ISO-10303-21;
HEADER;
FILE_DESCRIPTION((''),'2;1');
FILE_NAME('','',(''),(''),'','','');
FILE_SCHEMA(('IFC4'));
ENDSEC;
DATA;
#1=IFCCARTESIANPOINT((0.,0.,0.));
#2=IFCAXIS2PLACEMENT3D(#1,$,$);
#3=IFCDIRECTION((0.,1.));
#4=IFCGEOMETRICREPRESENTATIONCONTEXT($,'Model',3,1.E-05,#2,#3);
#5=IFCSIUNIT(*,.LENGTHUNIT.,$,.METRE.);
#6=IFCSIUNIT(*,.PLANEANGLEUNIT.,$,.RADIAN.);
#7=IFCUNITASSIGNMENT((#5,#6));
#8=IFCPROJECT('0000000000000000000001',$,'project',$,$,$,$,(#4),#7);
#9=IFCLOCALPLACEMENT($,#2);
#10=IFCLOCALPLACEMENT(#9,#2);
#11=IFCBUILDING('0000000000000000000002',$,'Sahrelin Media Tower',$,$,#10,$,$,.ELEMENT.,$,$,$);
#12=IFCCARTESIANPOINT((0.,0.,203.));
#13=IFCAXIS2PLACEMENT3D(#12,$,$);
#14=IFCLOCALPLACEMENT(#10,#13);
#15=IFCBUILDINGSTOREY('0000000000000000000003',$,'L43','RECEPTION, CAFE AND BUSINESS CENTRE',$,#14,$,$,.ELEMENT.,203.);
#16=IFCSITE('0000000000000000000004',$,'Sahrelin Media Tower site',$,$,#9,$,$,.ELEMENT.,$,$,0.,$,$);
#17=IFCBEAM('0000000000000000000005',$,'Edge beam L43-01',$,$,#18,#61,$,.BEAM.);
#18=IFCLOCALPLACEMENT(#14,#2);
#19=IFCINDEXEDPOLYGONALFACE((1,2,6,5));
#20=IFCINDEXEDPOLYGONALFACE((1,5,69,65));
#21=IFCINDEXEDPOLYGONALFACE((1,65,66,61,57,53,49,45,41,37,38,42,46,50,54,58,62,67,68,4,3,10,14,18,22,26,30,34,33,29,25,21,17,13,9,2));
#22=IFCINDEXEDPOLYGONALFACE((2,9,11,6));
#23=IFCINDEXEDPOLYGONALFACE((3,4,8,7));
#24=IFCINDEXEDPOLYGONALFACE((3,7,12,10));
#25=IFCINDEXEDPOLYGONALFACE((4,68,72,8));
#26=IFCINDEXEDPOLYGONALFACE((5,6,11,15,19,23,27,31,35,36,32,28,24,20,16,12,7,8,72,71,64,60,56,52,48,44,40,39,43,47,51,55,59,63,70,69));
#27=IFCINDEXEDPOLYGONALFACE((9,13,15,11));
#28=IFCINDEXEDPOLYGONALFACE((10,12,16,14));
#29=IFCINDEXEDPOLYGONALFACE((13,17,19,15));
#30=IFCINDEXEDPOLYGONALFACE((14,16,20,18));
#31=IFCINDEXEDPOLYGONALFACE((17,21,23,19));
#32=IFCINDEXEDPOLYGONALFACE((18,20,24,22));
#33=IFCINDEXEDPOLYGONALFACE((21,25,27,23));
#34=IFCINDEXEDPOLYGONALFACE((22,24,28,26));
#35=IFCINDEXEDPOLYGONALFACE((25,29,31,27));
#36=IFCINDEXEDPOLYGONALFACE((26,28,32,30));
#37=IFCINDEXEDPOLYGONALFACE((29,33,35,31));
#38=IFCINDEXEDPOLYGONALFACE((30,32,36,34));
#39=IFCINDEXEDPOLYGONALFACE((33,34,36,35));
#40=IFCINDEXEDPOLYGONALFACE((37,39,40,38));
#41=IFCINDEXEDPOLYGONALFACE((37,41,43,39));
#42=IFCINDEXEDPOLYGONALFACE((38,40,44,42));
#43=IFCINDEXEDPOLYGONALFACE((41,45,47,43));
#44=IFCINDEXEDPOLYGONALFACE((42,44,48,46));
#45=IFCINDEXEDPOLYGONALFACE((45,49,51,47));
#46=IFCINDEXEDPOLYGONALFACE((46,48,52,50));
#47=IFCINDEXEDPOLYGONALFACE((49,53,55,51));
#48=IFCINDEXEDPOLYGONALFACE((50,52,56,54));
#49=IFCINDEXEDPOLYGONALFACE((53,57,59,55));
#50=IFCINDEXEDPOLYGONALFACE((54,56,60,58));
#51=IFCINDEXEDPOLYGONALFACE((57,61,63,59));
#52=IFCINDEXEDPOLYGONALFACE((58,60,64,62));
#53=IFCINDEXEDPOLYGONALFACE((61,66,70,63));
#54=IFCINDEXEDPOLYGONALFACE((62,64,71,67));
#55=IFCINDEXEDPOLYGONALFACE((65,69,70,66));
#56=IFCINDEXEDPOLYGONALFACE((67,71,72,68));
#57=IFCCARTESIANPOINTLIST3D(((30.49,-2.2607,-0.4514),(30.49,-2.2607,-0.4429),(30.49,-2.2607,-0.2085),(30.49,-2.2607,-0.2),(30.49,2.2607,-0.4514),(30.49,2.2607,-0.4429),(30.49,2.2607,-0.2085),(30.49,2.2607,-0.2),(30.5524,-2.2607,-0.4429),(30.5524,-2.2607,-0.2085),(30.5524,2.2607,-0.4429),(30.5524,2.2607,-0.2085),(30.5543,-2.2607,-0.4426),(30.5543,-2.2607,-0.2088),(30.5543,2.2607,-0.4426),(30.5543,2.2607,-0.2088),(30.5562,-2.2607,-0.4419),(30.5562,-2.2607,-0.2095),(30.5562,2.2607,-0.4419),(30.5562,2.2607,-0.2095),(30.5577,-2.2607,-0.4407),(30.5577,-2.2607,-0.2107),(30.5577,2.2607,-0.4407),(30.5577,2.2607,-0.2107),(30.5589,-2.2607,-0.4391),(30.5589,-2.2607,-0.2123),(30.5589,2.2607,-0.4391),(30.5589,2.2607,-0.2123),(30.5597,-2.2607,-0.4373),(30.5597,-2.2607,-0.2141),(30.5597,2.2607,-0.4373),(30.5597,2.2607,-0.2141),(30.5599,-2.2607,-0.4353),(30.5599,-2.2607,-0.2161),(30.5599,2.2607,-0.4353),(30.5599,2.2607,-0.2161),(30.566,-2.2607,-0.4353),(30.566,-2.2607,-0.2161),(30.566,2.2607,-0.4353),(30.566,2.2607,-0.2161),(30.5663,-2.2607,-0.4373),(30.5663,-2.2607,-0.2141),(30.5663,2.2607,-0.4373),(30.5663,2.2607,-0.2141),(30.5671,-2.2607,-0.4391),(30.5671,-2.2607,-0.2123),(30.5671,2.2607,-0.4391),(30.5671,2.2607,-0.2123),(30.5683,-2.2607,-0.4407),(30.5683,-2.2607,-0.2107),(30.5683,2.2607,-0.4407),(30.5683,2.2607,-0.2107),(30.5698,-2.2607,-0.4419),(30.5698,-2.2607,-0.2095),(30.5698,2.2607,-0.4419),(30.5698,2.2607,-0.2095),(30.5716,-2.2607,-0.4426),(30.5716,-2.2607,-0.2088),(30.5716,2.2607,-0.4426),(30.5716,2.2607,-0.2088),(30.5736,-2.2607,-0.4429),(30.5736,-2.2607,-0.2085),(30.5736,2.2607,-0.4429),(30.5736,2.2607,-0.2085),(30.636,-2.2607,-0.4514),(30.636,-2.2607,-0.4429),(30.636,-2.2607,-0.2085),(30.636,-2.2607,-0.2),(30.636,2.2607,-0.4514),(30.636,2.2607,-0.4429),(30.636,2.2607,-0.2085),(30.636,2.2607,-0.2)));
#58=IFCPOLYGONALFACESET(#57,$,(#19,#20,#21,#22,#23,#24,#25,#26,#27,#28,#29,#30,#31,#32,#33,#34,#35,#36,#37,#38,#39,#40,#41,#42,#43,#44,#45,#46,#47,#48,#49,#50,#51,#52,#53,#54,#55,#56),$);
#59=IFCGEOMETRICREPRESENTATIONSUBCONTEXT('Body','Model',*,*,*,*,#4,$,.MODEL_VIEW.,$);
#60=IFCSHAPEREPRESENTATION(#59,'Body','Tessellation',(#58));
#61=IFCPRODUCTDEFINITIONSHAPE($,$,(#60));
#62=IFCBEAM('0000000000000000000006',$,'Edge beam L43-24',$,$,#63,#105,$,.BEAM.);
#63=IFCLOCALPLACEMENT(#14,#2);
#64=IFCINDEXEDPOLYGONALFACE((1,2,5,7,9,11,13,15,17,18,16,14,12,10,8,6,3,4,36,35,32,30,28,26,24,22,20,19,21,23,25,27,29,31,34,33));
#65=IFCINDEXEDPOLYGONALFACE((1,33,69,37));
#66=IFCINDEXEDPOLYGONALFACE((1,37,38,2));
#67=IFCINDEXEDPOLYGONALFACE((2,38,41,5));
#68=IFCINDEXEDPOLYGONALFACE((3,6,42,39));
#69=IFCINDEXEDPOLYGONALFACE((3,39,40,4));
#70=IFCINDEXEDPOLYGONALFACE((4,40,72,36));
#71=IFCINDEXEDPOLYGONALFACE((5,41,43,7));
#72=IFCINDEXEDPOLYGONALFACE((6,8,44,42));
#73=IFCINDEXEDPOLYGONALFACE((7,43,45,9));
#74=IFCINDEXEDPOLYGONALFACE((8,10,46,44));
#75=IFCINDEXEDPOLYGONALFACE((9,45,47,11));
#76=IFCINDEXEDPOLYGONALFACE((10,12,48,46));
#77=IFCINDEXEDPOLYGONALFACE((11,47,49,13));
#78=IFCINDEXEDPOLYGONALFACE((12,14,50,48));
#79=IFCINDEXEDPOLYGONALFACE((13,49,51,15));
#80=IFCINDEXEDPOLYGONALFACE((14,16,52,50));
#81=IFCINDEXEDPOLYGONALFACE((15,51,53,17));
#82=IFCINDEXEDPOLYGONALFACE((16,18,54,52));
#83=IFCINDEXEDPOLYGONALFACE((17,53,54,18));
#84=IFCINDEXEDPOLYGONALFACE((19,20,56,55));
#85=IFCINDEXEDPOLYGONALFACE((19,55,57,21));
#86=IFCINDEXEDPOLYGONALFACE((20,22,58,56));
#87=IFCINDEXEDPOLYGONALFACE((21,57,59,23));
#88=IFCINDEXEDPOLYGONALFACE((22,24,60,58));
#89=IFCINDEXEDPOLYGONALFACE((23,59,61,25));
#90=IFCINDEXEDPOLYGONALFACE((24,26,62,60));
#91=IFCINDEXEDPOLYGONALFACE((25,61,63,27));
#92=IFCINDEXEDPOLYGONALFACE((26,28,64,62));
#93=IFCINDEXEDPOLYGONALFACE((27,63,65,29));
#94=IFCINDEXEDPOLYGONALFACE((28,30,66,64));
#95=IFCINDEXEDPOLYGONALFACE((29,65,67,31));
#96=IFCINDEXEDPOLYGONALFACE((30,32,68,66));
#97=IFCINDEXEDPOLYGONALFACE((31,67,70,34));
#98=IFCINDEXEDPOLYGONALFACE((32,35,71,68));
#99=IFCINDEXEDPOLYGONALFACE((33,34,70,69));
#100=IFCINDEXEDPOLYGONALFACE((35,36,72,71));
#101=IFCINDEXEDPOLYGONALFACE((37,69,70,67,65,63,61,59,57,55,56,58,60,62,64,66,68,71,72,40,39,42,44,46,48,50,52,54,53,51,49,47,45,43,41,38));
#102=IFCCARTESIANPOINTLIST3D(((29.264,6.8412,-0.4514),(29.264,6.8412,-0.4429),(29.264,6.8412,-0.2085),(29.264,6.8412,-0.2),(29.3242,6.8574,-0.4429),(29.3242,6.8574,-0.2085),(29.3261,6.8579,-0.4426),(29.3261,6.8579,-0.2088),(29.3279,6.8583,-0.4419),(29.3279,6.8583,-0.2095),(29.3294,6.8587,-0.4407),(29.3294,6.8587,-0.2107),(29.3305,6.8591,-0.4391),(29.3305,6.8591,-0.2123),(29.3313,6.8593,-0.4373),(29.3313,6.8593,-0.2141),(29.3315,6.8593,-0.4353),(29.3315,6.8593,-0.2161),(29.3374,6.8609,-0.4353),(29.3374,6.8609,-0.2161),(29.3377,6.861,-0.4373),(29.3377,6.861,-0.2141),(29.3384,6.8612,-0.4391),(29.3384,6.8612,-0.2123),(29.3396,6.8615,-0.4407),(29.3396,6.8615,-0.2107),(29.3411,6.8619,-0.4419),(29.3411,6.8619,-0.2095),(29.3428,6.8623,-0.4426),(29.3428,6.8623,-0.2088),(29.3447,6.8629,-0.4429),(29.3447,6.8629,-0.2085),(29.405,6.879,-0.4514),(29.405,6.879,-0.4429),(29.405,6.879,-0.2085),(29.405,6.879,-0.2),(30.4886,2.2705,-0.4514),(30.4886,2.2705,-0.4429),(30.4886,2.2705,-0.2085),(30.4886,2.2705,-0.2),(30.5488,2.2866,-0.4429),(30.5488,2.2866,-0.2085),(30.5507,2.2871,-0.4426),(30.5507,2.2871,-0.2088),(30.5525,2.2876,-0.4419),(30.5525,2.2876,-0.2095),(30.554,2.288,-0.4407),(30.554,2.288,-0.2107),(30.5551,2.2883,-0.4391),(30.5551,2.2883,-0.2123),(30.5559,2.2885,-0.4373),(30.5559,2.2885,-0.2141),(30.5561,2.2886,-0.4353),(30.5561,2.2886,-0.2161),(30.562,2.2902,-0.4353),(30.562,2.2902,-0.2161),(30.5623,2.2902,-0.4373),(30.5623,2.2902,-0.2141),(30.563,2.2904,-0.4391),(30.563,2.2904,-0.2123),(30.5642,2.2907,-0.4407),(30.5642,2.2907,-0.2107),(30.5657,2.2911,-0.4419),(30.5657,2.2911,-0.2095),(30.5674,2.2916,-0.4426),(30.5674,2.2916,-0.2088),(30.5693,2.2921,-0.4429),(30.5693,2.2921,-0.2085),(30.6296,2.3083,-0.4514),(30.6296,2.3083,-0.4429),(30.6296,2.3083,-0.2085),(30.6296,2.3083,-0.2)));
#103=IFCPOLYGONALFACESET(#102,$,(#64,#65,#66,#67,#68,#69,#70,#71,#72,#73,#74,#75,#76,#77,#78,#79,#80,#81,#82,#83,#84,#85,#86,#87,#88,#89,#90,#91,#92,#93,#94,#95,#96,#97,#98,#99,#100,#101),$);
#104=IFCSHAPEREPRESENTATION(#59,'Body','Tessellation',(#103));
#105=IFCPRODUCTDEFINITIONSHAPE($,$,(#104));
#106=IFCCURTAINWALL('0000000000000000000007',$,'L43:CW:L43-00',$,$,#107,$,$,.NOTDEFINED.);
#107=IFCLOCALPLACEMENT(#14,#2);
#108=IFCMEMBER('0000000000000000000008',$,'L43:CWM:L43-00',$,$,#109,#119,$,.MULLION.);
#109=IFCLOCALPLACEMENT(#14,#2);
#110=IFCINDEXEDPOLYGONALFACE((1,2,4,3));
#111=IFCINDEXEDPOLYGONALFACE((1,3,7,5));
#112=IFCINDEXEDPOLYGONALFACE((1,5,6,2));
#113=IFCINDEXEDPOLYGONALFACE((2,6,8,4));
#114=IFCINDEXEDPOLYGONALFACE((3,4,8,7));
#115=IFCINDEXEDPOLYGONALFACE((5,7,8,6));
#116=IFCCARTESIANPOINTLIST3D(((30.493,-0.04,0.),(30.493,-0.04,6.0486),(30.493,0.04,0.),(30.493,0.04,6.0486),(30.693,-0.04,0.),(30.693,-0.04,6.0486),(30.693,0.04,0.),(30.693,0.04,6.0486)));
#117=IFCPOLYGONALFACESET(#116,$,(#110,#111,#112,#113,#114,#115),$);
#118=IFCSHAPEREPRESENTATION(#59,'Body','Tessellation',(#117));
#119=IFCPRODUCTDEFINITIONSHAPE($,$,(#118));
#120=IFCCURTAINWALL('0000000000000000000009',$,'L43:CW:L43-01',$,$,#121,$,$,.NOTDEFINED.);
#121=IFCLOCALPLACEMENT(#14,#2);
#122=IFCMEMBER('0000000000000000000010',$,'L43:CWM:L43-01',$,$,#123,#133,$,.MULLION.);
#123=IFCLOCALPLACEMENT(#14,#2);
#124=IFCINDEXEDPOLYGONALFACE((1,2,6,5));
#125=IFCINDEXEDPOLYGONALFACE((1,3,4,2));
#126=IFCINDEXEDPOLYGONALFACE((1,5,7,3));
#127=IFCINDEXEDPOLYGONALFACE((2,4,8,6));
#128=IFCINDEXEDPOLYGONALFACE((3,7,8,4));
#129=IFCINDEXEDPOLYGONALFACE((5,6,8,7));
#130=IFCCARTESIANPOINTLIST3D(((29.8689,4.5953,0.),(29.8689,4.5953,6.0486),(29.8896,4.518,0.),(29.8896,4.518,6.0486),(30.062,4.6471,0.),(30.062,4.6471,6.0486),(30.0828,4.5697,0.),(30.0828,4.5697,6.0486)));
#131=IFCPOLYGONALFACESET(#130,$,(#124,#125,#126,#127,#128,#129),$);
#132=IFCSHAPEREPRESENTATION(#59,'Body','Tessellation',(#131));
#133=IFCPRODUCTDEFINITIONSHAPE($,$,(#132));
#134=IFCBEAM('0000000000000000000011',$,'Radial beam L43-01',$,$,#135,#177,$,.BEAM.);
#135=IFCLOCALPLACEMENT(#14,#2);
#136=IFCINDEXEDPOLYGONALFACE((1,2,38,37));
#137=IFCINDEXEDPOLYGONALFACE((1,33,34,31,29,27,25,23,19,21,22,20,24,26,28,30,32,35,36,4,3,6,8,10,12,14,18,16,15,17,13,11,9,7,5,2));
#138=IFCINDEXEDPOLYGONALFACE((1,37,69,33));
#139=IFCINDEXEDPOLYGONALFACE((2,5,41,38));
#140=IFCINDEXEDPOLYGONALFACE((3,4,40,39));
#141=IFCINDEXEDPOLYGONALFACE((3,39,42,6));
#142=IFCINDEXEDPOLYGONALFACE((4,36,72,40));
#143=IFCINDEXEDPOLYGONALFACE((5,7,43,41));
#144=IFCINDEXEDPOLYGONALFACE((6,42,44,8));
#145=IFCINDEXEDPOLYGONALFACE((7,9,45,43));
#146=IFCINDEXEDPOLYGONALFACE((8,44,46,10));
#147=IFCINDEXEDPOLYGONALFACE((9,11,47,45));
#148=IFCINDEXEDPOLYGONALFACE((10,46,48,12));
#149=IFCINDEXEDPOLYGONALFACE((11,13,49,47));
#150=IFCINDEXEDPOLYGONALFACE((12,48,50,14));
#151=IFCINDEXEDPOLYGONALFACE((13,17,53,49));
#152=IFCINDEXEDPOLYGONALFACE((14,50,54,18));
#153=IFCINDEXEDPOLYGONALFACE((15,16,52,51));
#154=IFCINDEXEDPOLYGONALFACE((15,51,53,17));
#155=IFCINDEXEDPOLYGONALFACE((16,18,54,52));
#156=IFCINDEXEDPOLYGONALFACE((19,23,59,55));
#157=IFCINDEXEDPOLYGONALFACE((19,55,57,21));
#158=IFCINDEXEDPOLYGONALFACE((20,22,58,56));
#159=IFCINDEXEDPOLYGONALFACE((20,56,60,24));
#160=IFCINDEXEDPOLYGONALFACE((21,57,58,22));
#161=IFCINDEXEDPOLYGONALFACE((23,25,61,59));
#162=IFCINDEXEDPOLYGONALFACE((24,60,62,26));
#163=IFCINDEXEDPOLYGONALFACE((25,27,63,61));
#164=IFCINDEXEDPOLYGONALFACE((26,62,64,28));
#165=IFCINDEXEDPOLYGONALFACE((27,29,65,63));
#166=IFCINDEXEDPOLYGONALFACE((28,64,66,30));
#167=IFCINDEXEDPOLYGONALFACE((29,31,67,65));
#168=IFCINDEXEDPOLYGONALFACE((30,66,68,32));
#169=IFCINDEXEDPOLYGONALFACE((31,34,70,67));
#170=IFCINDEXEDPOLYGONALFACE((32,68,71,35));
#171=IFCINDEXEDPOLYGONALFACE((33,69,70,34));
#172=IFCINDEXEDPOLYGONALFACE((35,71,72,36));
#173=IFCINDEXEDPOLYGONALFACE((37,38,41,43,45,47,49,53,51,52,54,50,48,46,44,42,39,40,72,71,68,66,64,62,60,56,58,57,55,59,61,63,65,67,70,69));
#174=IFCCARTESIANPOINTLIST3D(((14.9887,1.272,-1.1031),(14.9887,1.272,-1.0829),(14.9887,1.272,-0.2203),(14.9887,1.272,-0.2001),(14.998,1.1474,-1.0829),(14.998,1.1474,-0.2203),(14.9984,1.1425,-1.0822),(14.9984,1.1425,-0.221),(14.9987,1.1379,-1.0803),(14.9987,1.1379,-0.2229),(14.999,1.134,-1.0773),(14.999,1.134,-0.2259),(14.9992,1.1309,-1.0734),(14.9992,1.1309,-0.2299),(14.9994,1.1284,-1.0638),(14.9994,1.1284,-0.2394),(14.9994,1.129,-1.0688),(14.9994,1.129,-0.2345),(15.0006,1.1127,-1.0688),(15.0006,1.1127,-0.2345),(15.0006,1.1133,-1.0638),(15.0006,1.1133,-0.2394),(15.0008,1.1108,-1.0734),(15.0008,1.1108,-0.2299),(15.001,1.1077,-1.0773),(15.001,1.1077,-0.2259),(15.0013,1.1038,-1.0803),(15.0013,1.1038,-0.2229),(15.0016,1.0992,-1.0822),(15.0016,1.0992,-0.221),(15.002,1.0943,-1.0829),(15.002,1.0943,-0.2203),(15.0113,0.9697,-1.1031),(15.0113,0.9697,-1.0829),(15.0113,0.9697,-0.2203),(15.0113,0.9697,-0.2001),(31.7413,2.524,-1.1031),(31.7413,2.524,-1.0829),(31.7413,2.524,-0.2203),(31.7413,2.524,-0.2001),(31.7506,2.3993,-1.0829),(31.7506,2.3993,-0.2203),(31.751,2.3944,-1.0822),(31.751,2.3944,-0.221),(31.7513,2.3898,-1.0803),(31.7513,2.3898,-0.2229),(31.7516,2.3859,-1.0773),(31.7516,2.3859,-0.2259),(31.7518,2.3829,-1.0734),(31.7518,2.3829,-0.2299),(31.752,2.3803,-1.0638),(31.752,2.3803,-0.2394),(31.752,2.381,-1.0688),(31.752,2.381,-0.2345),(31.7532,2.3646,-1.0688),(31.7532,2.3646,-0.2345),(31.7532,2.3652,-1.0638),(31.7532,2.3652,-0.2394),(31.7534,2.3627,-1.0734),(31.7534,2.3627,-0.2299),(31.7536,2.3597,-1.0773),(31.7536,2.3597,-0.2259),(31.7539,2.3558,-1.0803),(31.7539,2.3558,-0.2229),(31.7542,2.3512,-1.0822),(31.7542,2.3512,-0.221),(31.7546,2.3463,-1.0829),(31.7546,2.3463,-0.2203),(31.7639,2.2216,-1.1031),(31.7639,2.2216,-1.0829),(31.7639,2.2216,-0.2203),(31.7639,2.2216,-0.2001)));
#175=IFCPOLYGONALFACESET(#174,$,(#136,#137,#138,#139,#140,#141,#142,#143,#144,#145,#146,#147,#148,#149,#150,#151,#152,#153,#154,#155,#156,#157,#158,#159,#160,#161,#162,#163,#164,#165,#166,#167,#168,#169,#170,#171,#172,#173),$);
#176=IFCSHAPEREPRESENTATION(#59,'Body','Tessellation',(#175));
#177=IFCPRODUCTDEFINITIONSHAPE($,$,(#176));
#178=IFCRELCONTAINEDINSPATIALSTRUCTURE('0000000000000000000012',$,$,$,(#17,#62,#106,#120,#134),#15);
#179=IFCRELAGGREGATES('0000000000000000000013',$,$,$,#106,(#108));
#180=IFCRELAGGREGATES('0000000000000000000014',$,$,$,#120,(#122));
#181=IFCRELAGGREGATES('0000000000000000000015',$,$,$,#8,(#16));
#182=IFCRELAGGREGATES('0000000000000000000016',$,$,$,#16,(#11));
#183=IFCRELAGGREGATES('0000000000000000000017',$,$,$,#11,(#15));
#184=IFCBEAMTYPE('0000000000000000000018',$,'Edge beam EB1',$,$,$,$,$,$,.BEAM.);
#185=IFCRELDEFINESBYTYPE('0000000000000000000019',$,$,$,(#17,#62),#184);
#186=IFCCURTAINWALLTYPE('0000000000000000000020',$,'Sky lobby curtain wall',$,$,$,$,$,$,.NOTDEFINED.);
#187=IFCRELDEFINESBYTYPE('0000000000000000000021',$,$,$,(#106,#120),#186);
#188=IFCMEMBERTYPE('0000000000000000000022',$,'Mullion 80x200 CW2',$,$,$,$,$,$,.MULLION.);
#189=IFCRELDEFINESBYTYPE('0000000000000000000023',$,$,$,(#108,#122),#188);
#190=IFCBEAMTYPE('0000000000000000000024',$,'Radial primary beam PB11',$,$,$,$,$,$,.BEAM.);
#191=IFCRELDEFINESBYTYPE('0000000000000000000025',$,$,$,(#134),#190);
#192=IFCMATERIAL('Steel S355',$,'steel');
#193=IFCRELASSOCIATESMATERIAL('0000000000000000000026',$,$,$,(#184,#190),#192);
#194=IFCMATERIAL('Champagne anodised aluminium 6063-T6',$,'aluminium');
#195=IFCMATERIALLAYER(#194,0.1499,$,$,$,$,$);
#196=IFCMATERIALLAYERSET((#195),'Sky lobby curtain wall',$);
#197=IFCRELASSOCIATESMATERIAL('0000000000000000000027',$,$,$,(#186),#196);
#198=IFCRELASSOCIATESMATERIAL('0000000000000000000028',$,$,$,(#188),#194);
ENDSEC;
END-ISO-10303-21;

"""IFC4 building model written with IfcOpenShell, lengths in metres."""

from ifc_helpers import new_model, si_unit, direction, frame, origin, origin_2d, place, context, subcontext, project, spatial, rectangle, i_section, extrude, material, layer, layer_set, material_profile, profile_set, type_object, element, aggregate, save


model = new_model("IFC4")

# Units and contexts
model_context = context("Model", 3, precision=1e-05, world=origin(), true_north=direction((0.0, 1.0)))
body_context = subcontext(model_context, "Body", "Model", "MODEL_VIEW")
ifc_project = project(units=[si_unit("LENGTHUNIT", "METRE"), si_unit("PLANEANGLEUNIT", "RADIAN")], contexts=[model_context])

# Site, building, storey
site_placement = place(None, origin())
site = spatial("IfcSite", under=ifc_project, at=site_placement, Name="Sahrelin Media Tower site", CompositionType="ELEMENT", RefElevation=0.0)
building_placement = place(site_placement, origin())
building = spatial("IfcBuilding", under=site, at=building_placement, Name="Sahrelin Media Tower", CompositionType="ELEMENT")
storey_placement = place(building_placement, frame((0.0, 0.0, 203.0)))
storey = spatial("IfcBuildingStorey", under=building, at=storey_placement, Name="L43", Description="RECEPTION, CAFE AND BUSINESS CENTRE", CompositionType="ELEMENT", Elevation=203.0)

# Beams
ifc_material_1 = material(Name="Steel S355", Category="steel")
ifc_material_profile_1 = material_profile(ifc_material_1, i_section(OverallWidth=0.146, OverallDepth=0.2515, WebThickness=0.0061, FlangeThickness=0.0085, FilletRadius=0.0076, at=origin_2d()), Name="UB 254x146x31")
ifc_profile_set_1 = profile_set([ifc_material_profile_1], Name="Steel S355")
beam_type_1 = type_object("IfcBeamType", Name="Edge beam EB1", PredefinedType="BEAM", material=ifc_profile_set_1)
beam_1_placement = place(storey_placement, frame((30.563, 2.2607, -0.3257), z_axis=(0.0, -1.0, 0.0), x_axis=(1.0, 0.0, 0.0)))
element("IfcBeam", 1, at=beam_1_placement, inside=storey, type_object=beam_type_1, Name="Edge beam L43-01", PredefinedType="BEAM", context=body_context, shape_type="SweptSolid", body=[
    extrude(i_section(OverallWidth=0.146, OverallDepth=0.2515, WebThickness=0.0061, FlangeThickness=0.0085, FilletRadius=0.0076, at=origin_2d()), origin(), (0.0, 0.0, 1.0), 4.5215),
])
beam_2_placement = place(storey_placement, frame((29.3345, 6.8601, -0.3257), z_axis=(0.258793, -0.965933, 0.0), x_axis=(0.965933, 0.258793, 0.0)))
element("IfcBeam", 2, at=beam_2_placement, inside=storey, type_object=beam_type_1, Name="Edge beam L43-24", PredefinedType="BEAM", context=body_context, shape_type="SweptSolid", body=[
    extrude(i_section(OverallWidth=0.146, OverallDepth=0.2515, WebThickness=0.0061, FlangeThickness=0.0085, FilletRadius=0.0076, at=origin_2d()), origin(), (0.0, 0.0, 1.0), 4.7319),
])

# Curtain walls, members
ifc_material_2 = material(Name="Champagne anodised aluminium 6063-T6", Category="aluminium")
ifc_layer_1 = layer(ifc_material_2, 0.1499)
ifc_layer_set_1 = layer_set([ifc_layer_1], Name="Sky lobby curtain wall")
curtain_wall_type = type_object("IfcCurtainWallType", Name="Sky lobby curtain wall", PredefinedType="NOTDEFINED", material=ifc_layer_set_1)
curtain_wall_1_placement = place(storey_placement, frame((30.7129, 0.0, 0.0), z_axis=(0.0, 0.0, 1.0), x_axis=(1.0, 0.0, 0.0)))
curtain_wall_1 = element("IfcCurtainWall", 3, at=curtain_wall_1_placement, inside=storey, type_object=curtain_wall_type, Name="L43:CW:L43-00", PredefinedType="NOTDEFINED")
ifc_material_profile_2 = material_profile(ifc_material_2, rectangle(XDim=0.0801, YDim=0.2, at=origin_2d()), Name="Mullion 80x200")
ifc_profile_set_2 = profile_set([ifc_material_profile_2], Name="Champagne anodised aluminium 6063-T6")
member_type_1 = type_object("IfcMemberType", Name="Mullion 80x200 CW2", PredefinedType="MULLION", material=ifc_profile_set_2)
member_1_placement = place(storey_placement, frame((30.593, 0.0, 0.0), z_axis=(0.0, 0.0, 1.0), x_axis=(0.0, 1.0, 0.0)))
member_1 = element("IfcMember", 4, at=member_1_placement, type_object=member_type_1, Name="L43:CWM:L43-00", PredefinedType="MULLION", context=body_context, shape_type="SweptSolid", body=[
    extrude(rectangle(XDim=0.0801, YDim=0.2, at=origin_2d()), origin(), (0.0, 0.0, 1.0), 6.0486),
])
aggregate(curtain_wall_1, [member_1])
curtain_wall_2_placement = place(storey_placement, frame((30.0918, 4.6135, 0.0), z_axis=(0.0, 0.0, 1.0), x_axis=(1.0, 0.0, 0.0)))
curtain_wall_2 = element("IfcCurtainWall", 5, at=curtain_wall_2_placement, inside=storey, type_object=curtain_wall_type, Name="L43:CW:L43-01", PredefinedType="NOTDEFINED")
member_2_placement = place(storey_placement, frame((29.9758, 4.5825, 0.0), z_axis=(0.0, 0.0, 1.0), x_axis=(-0.258822, 0.965925, 0.0)))
member_2 = element("IfcMember", 6, at=member_2_placement, type_object=member_type_1, Name="L43:CWM:L43-01", PredefinedType="MULLION", context=body_context, shape_type="SweptSolid", body=[
    extrude(rectangle(XDim=0.0801, YDim=0.2, at=origin_2d()), origin(), (0.0, 0.0, 1.0), 6.0486),
])

# Beam
ifc_material_profile_3 = material_profile(ifc_material_1, i_section(OverallWidth=0.3032, OverallDepth=0.9031, WebThickness=0.0151, FlangeThickness=0.0203, FilletRadius=0.019, at=origin_2d()), Name="UB 914x305x201")
ifc_profile_set_3 = profile_set([ifc_material_profile_3], Name="Steel S355")
beam_type_2 = type_object("IfcBeamType", Name="Radial primary beam PB11", PredefinedType="BEAM", material=ifc_profile_set_3)
beam_3_placement = place(storey_placement, frame((15.0, 1.1208, -0.6516), z_axis=(0.997219, 0.074524, 0.0), x_axis=(-0.074524, 0.997219, 0.0)))
element("IfcBeam", 7, at=beam_3_placement, inside=storey, type_object=beam_type_2, Name="Radial beam L43-01", PredefinedType="BEAM", context=body_context, shape_type="SweptSolid", body=[
    extrude(i_section(OverallWidth=0.3032, OverallDepth=0.9031, WebThickness=0.0151, FlangeThickness=0.0203, FilletRadius=0.019, at=origin_2d()), origin(), (0.0, 0.0, 1.0), 16.7993),
])

aggregate(curtain_wall_2, [member_2])

save(model, "model.ifc")
